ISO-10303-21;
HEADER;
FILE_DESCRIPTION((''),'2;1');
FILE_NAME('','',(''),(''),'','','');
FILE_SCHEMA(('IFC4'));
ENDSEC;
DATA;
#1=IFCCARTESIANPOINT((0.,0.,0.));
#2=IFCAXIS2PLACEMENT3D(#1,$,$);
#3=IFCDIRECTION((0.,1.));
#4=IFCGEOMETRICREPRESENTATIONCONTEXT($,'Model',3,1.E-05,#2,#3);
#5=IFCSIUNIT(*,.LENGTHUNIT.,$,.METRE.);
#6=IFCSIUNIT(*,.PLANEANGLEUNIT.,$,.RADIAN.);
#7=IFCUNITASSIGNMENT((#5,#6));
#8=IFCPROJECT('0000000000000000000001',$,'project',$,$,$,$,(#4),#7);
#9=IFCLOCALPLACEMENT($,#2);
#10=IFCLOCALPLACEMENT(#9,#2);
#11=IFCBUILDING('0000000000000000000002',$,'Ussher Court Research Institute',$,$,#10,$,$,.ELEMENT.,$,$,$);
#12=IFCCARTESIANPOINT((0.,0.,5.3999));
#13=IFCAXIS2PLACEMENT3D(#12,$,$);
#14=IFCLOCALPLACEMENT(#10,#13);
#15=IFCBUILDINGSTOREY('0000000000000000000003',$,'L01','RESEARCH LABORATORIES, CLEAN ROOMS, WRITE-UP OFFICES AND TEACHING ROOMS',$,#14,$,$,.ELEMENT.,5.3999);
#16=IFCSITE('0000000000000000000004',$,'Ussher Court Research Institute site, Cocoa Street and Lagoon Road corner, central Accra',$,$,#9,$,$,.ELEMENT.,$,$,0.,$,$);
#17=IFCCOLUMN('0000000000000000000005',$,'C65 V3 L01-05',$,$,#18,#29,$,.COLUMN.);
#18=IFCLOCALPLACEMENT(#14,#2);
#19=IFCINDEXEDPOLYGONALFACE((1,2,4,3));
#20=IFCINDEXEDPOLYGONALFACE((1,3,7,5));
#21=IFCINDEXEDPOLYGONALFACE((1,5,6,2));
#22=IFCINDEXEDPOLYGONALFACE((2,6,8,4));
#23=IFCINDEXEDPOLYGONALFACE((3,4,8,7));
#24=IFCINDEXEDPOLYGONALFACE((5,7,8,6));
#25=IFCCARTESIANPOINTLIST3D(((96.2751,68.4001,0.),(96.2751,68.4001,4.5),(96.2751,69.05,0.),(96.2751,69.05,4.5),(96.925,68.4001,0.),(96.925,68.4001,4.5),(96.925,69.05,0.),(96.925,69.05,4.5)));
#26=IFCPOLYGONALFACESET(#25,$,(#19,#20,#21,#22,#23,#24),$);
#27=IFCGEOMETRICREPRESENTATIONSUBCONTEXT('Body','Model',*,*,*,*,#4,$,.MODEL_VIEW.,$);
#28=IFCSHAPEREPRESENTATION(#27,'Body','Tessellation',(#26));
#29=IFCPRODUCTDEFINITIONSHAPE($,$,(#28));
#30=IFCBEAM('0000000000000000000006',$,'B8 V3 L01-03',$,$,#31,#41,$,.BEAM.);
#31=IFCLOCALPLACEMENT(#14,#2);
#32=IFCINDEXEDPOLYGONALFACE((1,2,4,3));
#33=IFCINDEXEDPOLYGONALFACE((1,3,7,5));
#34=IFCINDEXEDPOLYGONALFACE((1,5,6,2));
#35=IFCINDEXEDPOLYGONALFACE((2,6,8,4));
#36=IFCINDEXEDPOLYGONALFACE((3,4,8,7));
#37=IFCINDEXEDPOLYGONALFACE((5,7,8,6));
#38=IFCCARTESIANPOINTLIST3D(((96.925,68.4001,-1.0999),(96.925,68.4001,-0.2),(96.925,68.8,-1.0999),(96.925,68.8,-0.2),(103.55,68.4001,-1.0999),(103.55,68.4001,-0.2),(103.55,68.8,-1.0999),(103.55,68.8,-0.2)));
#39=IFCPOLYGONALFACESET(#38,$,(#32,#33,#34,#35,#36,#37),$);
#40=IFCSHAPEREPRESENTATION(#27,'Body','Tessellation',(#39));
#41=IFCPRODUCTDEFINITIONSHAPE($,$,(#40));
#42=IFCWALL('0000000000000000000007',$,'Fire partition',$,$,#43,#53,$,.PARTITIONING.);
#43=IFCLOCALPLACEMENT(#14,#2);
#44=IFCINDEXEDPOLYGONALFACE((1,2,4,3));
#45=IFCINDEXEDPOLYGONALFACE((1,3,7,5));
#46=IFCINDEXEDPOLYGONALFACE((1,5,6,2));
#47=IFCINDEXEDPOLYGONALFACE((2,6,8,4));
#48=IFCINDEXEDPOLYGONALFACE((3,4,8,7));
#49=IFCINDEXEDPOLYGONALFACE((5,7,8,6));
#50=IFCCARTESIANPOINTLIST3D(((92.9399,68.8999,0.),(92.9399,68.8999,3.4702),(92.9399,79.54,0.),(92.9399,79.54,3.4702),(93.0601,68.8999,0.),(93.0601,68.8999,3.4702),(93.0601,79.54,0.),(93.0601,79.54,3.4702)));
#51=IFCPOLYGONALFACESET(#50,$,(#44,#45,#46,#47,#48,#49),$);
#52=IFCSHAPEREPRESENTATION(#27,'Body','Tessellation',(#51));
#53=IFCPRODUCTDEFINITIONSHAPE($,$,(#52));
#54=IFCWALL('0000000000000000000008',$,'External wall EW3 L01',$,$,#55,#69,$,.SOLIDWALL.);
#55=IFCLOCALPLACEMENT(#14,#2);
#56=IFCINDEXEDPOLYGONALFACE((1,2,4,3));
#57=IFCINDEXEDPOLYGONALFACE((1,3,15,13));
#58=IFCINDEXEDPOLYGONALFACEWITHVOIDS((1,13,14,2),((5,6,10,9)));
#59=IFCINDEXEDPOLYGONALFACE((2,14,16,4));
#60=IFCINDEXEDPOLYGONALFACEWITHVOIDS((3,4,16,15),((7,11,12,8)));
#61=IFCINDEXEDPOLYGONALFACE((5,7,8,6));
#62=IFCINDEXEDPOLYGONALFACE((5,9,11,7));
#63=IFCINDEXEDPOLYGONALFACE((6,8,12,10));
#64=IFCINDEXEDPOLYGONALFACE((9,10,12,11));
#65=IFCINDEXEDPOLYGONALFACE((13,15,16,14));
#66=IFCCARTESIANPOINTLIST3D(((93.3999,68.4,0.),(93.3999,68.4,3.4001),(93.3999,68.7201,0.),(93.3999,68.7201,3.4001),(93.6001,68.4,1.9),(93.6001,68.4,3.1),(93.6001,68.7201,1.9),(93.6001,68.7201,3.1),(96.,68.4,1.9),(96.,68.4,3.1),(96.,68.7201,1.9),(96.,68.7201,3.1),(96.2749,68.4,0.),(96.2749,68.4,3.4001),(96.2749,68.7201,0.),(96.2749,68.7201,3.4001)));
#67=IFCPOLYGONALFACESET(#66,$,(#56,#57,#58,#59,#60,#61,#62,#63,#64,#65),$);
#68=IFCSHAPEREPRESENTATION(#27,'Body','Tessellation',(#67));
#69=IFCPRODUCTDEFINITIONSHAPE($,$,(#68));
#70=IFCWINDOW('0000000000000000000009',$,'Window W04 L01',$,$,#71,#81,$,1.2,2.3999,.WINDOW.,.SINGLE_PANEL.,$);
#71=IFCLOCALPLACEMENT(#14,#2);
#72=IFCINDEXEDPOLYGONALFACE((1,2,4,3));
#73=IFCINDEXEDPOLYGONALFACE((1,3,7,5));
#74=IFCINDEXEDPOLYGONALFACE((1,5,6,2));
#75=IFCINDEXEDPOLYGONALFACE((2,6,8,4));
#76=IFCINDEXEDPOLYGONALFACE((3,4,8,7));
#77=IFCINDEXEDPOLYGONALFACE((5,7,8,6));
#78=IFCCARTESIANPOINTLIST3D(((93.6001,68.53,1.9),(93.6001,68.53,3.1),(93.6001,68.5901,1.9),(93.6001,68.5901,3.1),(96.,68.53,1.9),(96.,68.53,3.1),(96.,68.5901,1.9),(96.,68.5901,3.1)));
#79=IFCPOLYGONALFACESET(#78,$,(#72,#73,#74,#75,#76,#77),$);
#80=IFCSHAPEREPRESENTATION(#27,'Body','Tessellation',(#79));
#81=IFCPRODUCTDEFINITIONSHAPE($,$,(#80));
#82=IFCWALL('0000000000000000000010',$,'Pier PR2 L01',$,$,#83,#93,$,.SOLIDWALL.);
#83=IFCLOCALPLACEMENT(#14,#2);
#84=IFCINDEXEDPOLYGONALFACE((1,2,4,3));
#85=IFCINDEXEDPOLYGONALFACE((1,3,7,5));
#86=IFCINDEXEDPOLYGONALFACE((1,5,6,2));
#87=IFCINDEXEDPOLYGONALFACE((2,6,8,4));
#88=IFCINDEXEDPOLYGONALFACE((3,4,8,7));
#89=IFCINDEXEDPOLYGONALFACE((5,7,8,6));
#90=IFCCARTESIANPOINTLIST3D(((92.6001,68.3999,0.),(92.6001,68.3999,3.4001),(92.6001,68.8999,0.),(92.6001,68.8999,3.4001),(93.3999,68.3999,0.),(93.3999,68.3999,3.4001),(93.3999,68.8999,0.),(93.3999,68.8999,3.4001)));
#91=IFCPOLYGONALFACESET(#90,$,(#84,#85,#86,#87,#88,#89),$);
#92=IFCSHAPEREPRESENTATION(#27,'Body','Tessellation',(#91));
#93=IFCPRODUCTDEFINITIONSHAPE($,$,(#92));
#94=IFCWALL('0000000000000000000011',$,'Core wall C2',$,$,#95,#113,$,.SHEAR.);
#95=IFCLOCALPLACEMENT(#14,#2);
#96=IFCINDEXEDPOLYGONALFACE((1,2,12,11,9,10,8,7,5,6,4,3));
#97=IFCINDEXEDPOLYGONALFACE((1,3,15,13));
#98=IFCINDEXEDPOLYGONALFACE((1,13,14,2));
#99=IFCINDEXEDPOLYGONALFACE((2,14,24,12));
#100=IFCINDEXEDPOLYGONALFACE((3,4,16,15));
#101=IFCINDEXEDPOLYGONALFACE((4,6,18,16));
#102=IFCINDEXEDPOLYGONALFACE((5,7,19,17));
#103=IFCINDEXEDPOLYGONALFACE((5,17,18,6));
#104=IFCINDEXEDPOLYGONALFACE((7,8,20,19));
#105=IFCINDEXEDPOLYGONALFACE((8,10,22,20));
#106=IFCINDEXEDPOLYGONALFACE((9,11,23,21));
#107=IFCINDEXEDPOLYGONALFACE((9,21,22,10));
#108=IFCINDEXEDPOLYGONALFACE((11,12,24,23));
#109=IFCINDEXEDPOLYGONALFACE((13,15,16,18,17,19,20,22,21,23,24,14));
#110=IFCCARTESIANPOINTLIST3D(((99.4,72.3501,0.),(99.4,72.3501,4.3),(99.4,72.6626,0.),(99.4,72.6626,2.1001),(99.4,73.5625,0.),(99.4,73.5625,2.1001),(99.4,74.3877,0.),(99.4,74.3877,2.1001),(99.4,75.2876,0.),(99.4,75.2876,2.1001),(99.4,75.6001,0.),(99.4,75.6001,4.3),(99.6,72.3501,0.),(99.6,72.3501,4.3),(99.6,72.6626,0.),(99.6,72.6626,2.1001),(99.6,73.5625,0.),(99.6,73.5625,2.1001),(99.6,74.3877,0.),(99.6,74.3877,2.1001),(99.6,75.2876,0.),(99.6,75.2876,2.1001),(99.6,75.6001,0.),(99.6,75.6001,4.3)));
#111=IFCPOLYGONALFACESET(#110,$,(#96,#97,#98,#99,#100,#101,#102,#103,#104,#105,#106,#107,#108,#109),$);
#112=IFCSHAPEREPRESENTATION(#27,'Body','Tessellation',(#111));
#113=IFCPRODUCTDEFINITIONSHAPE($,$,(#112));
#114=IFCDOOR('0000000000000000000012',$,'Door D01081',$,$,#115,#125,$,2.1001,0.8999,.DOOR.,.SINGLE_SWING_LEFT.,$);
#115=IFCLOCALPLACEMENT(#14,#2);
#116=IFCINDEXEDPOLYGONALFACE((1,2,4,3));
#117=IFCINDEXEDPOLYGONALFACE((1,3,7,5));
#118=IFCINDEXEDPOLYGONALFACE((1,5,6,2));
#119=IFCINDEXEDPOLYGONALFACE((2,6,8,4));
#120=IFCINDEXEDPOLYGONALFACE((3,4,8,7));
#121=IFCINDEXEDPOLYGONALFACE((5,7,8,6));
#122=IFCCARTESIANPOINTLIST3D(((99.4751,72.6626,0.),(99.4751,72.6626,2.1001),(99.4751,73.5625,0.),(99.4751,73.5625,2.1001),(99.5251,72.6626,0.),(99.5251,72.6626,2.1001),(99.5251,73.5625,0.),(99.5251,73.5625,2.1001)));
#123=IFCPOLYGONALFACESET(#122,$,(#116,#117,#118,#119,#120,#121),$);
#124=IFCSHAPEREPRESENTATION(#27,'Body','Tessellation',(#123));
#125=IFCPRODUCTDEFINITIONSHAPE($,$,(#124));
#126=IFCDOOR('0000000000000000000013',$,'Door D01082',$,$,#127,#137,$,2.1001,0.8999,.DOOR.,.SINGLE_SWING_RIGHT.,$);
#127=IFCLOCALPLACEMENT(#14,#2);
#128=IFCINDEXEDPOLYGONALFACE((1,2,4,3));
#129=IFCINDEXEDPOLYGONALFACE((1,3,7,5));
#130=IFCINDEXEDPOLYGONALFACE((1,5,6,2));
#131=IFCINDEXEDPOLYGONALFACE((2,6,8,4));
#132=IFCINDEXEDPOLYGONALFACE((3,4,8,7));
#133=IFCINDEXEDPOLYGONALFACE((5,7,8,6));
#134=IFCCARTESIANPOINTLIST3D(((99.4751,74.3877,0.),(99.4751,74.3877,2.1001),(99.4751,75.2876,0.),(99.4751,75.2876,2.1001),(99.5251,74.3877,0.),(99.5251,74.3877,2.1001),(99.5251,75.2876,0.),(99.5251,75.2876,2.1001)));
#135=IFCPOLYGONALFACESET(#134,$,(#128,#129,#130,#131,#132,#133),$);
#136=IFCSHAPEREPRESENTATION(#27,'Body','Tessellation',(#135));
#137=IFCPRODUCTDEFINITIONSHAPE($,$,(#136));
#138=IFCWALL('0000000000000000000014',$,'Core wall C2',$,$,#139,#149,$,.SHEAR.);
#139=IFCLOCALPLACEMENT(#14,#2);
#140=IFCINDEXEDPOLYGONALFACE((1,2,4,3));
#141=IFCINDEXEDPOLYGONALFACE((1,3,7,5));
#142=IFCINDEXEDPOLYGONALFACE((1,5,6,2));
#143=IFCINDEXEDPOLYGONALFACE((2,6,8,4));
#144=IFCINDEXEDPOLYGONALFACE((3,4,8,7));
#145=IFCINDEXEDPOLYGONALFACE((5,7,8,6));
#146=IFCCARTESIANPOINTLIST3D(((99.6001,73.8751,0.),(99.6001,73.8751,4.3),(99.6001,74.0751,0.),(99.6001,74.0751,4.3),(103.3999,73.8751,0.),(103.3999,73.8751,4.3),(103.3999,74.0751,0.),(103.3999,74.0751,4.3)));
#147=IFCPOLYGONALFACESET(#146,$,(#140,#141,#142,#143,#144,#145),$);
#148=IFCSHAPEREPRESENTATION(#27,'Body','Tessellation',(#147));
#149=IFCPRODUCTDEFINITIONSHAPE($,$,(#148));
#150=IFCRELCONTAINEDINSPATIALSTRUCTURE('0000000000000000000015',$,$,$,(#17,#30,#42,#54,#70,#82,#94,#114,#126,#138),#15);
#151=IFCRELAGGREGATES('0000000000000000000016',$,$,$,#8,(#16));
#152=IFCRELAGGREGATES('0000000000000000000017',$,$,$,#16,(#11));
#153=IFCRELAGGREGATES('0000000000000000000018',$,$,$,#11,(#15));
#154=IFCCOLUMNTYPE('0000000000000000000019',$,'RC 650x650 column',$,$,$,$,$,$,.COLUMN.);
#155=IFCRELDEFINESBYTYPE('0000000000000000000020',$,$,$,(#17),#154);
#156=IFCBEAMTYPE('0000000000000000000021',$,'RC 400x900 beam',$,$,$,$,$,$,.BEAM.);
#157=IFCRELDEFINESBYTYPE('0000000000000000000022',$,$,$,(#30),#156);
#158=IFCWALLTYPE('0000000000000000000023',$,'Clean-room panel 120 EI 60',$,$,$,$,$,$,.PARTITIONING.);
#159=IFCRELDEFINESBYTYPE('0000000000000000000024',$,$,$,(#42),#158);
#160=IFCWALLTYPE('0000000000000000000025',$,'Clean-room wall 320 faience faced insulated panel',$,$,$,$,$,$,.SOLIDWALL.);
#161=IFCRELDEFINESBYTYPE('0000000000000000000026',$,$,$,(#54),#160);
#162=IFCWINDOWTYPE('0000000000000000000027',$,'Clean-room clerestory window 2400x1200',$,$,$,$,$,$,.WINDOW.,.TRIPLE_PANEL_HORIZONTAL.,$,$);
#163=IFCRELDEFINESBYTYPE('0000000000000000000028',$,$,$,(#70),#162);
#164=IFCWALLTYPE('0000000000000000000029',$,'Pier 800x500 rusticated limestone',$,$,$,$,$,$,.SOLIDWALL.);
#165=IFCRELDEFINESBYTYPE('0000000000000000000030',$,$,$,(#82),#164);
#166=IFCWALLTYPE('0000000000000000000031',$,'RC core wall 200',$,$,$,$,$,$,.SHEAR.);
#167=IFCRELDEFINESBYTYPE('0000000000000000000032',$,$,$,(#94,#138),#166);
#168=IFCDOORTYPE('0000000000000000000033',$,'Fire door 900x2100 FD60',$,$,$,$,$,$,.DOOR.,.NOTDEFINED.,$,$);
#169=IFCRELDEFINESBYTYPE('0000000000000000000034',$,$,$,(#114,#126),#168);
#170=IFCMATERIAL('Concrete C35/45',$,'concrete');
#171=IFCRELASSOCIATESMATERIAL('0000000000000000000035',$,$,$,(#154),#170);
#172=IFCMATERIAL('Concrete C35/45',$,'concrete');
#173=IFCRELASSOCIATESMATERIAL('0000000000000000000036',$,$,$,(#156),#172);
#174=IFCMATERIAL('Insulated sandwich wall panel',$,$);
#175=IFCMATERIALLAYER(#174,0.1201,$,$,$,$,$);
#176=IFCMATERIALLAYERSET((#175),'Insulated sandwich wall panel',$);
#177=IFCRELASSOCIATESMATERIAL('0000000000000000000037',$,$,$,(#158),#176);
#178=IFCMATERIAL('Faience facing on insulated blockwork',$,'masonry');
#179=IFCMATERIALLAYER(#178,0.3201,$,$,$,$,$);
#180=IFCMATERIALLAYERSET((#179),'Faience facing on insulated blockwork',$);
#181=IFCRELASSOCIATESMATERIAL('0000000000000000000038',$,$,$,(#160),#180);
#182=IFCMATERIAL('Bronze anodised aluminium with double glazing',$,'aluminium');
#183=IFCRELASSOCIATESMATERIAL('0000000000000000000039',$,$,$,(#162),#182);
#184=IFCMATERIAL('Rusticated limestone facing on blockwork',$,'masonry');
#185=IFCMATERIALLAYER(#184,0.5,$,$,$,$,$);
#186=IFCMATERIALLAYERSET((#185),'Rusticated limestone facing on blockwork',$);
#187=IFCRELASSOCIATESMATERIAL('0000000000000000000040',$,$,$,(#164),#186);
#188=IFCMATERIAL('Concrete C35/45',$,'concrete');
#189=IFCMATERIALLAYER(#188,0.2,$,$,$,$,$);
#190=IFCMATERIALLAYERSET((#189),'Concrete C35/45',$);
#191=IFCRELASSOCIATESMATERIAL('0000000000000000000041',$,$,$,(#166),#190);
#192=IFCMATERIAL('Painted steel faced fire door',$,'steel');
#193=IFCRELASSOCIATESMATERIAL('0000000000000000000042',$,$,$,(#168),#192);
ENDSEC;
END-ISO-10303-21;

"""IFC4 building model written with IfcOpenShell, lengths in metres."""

from ifc_helpers import new_model, si_unit, direction, frame, frame_2d, origin, origin_2d, place, context, subcontext, project, spatial, rectangle, extrude, material, layer, layer_set, material_profile, profile_set, type_object, element, fill, save


model = new_model("IFC4")

# Units and contexts
model_context = context("Model", 3, precision=1e-05, world=origin(), true_north=direction((0.0, 1.0)))
body_context = subcontext(model_context, "Body", "Model", "MODEL_VIEW")
ifc_project = project(units=[si_unit("LENGTHUNIT", "METRE"), si_unit("PLANEANGLEUNIT", "RADIAN")], contexts=[model_context])

# Site, building, storey
site_placement = place(None, origin())
site = spatial("IfcSite", under=ifc_project, at=site_placement, Name="Ussher Court Research Institute site, Cocoa Street and Lagoon Road corner, central Accra", CompositionType="ELEMENT", RefElevation=0.0)
building_placement = place(site_placement, origin())
building = spatial("IfcBuilding", under=site, at=building_placement, Name="Ussher Court Research Institute", CompositionType="ELEMENT")
storey_placement = place(building_placement, frame((0.0, 0.0, 5.3999)))
storey = spatial("IfcBuildingStorey", under=building, at=storey_placement, Name="L01", Description="RESEARCH LABORATORIES, CLEAN ROOMS, WRITE-UP OFFICES AND TEACHING ROOMS", CompositionType="ELEMENT", Elevation=5.3999)

# Column
ifc_material_1 = material(Name="Concrete C35/45", Category="concrete")
ifc_material_profile_1 = material_profile(ifc_material_1, rectangle(XDim=0.6499, YDim=0.6499, at=origin_2d()), Name="RC 650x650")
ifc_profile_set_1 = profile_set([ifc_material_profile_1], Name="Concrete C35/45")
column_type = type_object("IfcColumnType", Name="RC 650x650 column", PredefinedType="COLUMN", material=ifc_profile_set_1)
column_placement = place(storey_placement, frame((96.6001, 68.7251, 0.0), z_axis=(0.0, 0.0, 1.0), x_axis=(1.0, 0.0, 0.0)))
element("IfcColumn", 1, at=column_placement, inside=storey, type_object=column_type, Name="C65 V3 L01-05", PredefinedType="COLUMN", context=body_context, shape_type="SweptSolid", body=[
    extrude(rectangle(XDim=0.6499, YDim=0.6499, at=origin_2d()), origin(), (0.0, 0.0, 1.0), 4.5),
])

# Beam
ifc_material_2 = material(Name="Concrete C35/45", Category="concrete")
ifc_material_profile_2 = material_profile(ifc_material_2, rectangle(XDim=0.3999, YDim=0.8999, at=origin_2d()), Name="RC 400x900")
ifc_profile_set_2 = profile_set([ifc_material_profile_2], Name="Concrete C35/45")
beam_type = type_object("IfcBeamType", Name="RC 400x900 beam", PredefinedType="BEAM", material=ifc_profile_set_2)
beam_placement = place(storey_placement, frame((96.925, 68.6001, -0.6499), z_axis=(1.0, 0.0, 0.0), x_axis=(0.0, 1.0, 0.0)))
element("IfcBeam", 2, at=beam_placement, inside=storey, type_object=beam_type, Name="B8 V3 L01-03", PredefinedType="BEAM", context=body_context, shape_type="SweptSolid", body=[
    extrude(rectangle(XDim=0.3999, YDim=0.8999, at=origin_2d()), origin(), (0.0, 0.0, 1.0), 6.625),
])

# Wall
ifc_material_3 = material(Name="Insulated sandwich wall panel")
ifc_layer_1 = layer(ifc_material_3, 0.1201)
ifc_layer_set_1 = layer_set([ifc_layer_1], Name="Insulated sandwich wall panel")
wall_type_1 = type_object("IfcWallType", Name="Clean-room panel 120 EI 60", PredefinedType="PARTITIONING", material=ifc_layer_set_1)
wall_1_placement = place(storey_placement, frame((93.0, 68.8999, 0.0), z_axis=(0.0, 0.0, 1.0), x_axis=(0.0, 1.0, 0.0)))
element("IfcWall", 3, at=wall_1_placement, inside=storey, type_object=wall_type_1, Name="Fire partition", PredefinedType="PARTITIONING", context=body_context, shape_type="SweptSolid", body=[
    extrude(rectangle(XDim=10.6401, YDim=0.1201, at=frame_2d((5.3201, 0.0))), origin(), (0.0, 0.0, 1.0), 3.4702),
])

# Wall, opening, window
ifc_material_4 = material(Name="Faience facing on insulated blockwork", Category="masonry")
ifc_layer_2 = layer(ifc_material_4, 0.3201)
ifc_layer_set_2 = layer_set([ifc_layer_2], Name="Faience facing on insulated blockwork")
wall_type_2 = type_object("IfcWallType", Name="Clean-room wall 320 faience faced insulated panel", PredefinedType="SOLIDWALL", material=ifc_layer_set_2)
wall_2_placement = place(storey_placement, frame((96.2749, 68.5601, 0.0), z_axis=(0.0, 0.0, 1.0), x_axis=(-1.0, 0.0, 0.0)))
wall_2 = element("IfcWall", 4, at=wall_2_placement, inside=storey, type_object=wall_type_2, Name="External wall EW3 L01", PredefinedType="SOLIDWALL", context=body_context, shape_type="SweptSolid", body=[
    extrude(rectangle(XDim=2.875, YDim=0.3201, at=frame_2d((1.4375, 0.0))), origin(), (0.0, 0.0, 1.0), 3.4001),
])
opening_1_placement = place(wall_2_placement, frame((0.2749, 0.0, 1.8999)))
opening_1 = element("IfcOpeningElement", 5, at=opening_1_placement, cuts=wall_2, PredefinedType="OPENING", context=body_context, shape_type="SweptSolid", body=[
    extrude(rectangle(XDim=2.3999, YDim=1.2, at=frame_2d((1.2, 0.6001))), frame((0.0, 0.1699, 0.0), z_axis=(0.0, -1.0, 0.0), x_axis=(1.0, 0.0, 0.0)), (0.0, 0.0, 1.0), 0.3401),
])
ifc_material_5 = material(Name="Bronze anodised aluminium with double glazing", Category="aluminium")
window_type_1 = type_object("IfcWindowType", Name="Clean-room clerestory window 2400x1200", PartitioningType="TRIPLE_PANEL_HORIZONTAL", PredefinedType="WINDOW", material=ifc_material_5)
window_1_placement = place(opening_1_placement, origin())
window_1 = element("IfcWindow", 6, at=window_1_placement, inside=storey, type_object=window_type_1, Name="Window W04 L01", OverallHeight=1.2, OverallWidth=2.3999, PartitioningType="SINGLE_PANEL", PredefinedType="WINDOW", context=body_context, shape_type="SweptSolid", body=[
    extrude(rectangle(XDim=2.3999, YDim=1.2, at=frame_2d((1.2, 0.6001))), frame((0.0, 0.03, 0.0), z_axis=(0.0, -1.0, 0.0), x_axis=(1.0, 0.0, 0.0)), (0.0, 0.0, 1.0), 0.0601),
])
fill(opening_1, window_1)

# Wall
ifc_material_6 = material(Name="Rusticated limestone facing on blockwork", Category="masonry")
ifc_layer_3 = layer(ifc_material_6, 0.5)
ifc_layer_set_3 = layer_set([ifc_layer_3], Name="Rusticated limestone facing on blockwork")
wall_type_3 = type_object("IfcWallType", Name="Pier 800x500 rusticated limestone", PredefinedType="SOLIDWALL", material=ifc_layer_set_3)
wall_3_placement = place(storey_placement, frame((93.3999, 68.6499, 0.0), z_axis=(0.0, 0.0, 1.0), x_axis=(-1.0, 0.0, 0.0)))
element("IfcWall", 7, at=wall_3_placement, inside=storey, type_object=wall_type_3, Name="Pier PR2 L01", PredefinedType="SOLIDWALL", context=body_context, shape_type="SweptSolid", body=[
    extrude(rectangle(XDim=0.7998, YDim=0.5, at=frame_2d((0.3999, 0.0))), origin(), (0.0, 0.0, 1.0), 3.4001),
])

# Wall, openings, doors
ifc_material_7 = material(Name="Concrete C35/45", Category="concrete")
ifc_layer_4 = layer(ifc_material_7, 0.2)
ifc_layer_set_4 = layer_set([ifc_layer_4], Name="Concrete C35/45")
wall_type_4 = type_object("IfcWallType", Name="RC core wall 200", PredefinedType="SHEAR", material=ifc_layer_set_4)
wall_4_placement = place(storey_placement, frame((99.5, 72.3501, 0.0), z_axis=(0.0, 0.0, 1.0), x_axis=(0.0, 1.0, 0.0)))
wall_4 = element("IfcWall", 8, at=wall_4_placement, inside=storey, type_object=wall_type_4, Name="Core wall C2", PredefinedType="SHEAR", context=body_context, shape_type="SweptSolid", body=[
    extrude(rectangle(XDim=3.25, YDim=0.2, at=frame_2d((1.625, 0.0))), origin(), (0.0, 0.0, 1.0), 4.3),
])
opening_2_placement = place(wall_4_placement, frame((0.3125, 0.0, 0.0)))
opening_2 = element("IfcOpeningElement", 9, at=opening_2_placement, cuts=wall_4, PredefinedType="OPENING", context=body_context, shape_type="SweptSolid", body=[
    extrude(rectangle(XDim=0.8999, YDim=2.1001, at=frame_2d((0.45, 1.05))), frame((0.0, 0.1099, 0.0), z_axis=(0.0, -1.0, 0.0), x_axis=(1.0, 0.0, 0.0)), (0.0, 0.0, 1.0), 0.22),
])
opening_3_placement = place(wall_4_placement, frame((2.0376, 0.0, 0.0)))
opening_3 = element("IfcOpeningElement", 10, at=opening_3_placement, cuts=wall_4, PredefinedType="OPENING", context=body_context, shape_type="SweptSolid", body=[
    extrude(rectangle(XDim=0.8999, YDim=2.1001, at=frame_2d((0.45, 1.05))), frame((0.0, 0.1099, 0.0), z_axis=(0.0, -1.0, 0.0), x_axis=(1.0, 0.0, 0.0)), (0.0, 0.0, 1.0), 0.22),
])
ifc_material_8 = material(Name="Painted steel faced fire door", Category="steel")
door_type_1 = type_object("IfcDoorType", Name="Fire door 900x2100 FD60", OperationType="NOTDEFINED", PredefinedType="DOOR", material=ifc_material_8)
door_1_placement = place(opening_2_placement, origin())
door_1 = element("IfcDoor", 11, at=door_1_placement, inside=storey, type_object=door_type_1, Name="Door D01081", OperationType="SINGLE_SWING_LEFT", OverallHeight=2.1001, OverallWidth=0.8999, PredefinedType="DOOR", context=body_context, shape_type="SweptSolid", body=[
    extrude(rectangle(XDim=0.8999, YDim=2.1001, at=frame_2d((0.45, 1.05))), frame((0.0, 0.0249, 0.0), z_axis=(0.0, -1.0, 0.0), x_axis=(1.0, 0.0, 0.0)), (0.0, 0.0, 1.0), 0.05),
])
fill(opening_2, door_1)
door_2_placement = place(opening_3_placement, origin())
door_2 = element("IfcDoor", 12, at=door_2_placement, inside=storey, type_object=door_type_1, Name="Door D01082", OperationType="SINGLE_SWING_RIGHT", OverallHeight=2.1001, OverallWidth=0.8999, PredefinedType="DOOR", context=body_context, shape_type="SweptSolid", body=[
    extrude(rectangle(XDim=0.8999, YDim=2.1001, at=frame_2d((0.45, 1.05))), frame((0.0, 0.0249, 0.0), z_axis=(0.0, -1.0, 0.0), x_axis=(1.0, 0.0, 0.0)), (0.0, 0.0, 1.0), 0.05),
])
fill(opening_3, door_2)

# Wall
wall_5_placement = place(storey_placement, frame((99.6001, 73.9751, 0.0), z_axis=(0.0, 0.0, 1.0), x_axis=(1.0, 0.0, 0.0)))
element("IfcWall", 13, at=wall_5_placement, inside=storey, type_object=wall_type_4, Name="Core wall C2", PredefinedType="SHEAR", context=body_context, shape_type="SweptSolid", body=[
    extrude(rectangle(XDim=3.7998, YDim=0.2, at=frame_2d((1.8999, 0.0))), origin(), (0.0, 0.0, 1.0), 4.3),
])

save(model, "model.ifc")
